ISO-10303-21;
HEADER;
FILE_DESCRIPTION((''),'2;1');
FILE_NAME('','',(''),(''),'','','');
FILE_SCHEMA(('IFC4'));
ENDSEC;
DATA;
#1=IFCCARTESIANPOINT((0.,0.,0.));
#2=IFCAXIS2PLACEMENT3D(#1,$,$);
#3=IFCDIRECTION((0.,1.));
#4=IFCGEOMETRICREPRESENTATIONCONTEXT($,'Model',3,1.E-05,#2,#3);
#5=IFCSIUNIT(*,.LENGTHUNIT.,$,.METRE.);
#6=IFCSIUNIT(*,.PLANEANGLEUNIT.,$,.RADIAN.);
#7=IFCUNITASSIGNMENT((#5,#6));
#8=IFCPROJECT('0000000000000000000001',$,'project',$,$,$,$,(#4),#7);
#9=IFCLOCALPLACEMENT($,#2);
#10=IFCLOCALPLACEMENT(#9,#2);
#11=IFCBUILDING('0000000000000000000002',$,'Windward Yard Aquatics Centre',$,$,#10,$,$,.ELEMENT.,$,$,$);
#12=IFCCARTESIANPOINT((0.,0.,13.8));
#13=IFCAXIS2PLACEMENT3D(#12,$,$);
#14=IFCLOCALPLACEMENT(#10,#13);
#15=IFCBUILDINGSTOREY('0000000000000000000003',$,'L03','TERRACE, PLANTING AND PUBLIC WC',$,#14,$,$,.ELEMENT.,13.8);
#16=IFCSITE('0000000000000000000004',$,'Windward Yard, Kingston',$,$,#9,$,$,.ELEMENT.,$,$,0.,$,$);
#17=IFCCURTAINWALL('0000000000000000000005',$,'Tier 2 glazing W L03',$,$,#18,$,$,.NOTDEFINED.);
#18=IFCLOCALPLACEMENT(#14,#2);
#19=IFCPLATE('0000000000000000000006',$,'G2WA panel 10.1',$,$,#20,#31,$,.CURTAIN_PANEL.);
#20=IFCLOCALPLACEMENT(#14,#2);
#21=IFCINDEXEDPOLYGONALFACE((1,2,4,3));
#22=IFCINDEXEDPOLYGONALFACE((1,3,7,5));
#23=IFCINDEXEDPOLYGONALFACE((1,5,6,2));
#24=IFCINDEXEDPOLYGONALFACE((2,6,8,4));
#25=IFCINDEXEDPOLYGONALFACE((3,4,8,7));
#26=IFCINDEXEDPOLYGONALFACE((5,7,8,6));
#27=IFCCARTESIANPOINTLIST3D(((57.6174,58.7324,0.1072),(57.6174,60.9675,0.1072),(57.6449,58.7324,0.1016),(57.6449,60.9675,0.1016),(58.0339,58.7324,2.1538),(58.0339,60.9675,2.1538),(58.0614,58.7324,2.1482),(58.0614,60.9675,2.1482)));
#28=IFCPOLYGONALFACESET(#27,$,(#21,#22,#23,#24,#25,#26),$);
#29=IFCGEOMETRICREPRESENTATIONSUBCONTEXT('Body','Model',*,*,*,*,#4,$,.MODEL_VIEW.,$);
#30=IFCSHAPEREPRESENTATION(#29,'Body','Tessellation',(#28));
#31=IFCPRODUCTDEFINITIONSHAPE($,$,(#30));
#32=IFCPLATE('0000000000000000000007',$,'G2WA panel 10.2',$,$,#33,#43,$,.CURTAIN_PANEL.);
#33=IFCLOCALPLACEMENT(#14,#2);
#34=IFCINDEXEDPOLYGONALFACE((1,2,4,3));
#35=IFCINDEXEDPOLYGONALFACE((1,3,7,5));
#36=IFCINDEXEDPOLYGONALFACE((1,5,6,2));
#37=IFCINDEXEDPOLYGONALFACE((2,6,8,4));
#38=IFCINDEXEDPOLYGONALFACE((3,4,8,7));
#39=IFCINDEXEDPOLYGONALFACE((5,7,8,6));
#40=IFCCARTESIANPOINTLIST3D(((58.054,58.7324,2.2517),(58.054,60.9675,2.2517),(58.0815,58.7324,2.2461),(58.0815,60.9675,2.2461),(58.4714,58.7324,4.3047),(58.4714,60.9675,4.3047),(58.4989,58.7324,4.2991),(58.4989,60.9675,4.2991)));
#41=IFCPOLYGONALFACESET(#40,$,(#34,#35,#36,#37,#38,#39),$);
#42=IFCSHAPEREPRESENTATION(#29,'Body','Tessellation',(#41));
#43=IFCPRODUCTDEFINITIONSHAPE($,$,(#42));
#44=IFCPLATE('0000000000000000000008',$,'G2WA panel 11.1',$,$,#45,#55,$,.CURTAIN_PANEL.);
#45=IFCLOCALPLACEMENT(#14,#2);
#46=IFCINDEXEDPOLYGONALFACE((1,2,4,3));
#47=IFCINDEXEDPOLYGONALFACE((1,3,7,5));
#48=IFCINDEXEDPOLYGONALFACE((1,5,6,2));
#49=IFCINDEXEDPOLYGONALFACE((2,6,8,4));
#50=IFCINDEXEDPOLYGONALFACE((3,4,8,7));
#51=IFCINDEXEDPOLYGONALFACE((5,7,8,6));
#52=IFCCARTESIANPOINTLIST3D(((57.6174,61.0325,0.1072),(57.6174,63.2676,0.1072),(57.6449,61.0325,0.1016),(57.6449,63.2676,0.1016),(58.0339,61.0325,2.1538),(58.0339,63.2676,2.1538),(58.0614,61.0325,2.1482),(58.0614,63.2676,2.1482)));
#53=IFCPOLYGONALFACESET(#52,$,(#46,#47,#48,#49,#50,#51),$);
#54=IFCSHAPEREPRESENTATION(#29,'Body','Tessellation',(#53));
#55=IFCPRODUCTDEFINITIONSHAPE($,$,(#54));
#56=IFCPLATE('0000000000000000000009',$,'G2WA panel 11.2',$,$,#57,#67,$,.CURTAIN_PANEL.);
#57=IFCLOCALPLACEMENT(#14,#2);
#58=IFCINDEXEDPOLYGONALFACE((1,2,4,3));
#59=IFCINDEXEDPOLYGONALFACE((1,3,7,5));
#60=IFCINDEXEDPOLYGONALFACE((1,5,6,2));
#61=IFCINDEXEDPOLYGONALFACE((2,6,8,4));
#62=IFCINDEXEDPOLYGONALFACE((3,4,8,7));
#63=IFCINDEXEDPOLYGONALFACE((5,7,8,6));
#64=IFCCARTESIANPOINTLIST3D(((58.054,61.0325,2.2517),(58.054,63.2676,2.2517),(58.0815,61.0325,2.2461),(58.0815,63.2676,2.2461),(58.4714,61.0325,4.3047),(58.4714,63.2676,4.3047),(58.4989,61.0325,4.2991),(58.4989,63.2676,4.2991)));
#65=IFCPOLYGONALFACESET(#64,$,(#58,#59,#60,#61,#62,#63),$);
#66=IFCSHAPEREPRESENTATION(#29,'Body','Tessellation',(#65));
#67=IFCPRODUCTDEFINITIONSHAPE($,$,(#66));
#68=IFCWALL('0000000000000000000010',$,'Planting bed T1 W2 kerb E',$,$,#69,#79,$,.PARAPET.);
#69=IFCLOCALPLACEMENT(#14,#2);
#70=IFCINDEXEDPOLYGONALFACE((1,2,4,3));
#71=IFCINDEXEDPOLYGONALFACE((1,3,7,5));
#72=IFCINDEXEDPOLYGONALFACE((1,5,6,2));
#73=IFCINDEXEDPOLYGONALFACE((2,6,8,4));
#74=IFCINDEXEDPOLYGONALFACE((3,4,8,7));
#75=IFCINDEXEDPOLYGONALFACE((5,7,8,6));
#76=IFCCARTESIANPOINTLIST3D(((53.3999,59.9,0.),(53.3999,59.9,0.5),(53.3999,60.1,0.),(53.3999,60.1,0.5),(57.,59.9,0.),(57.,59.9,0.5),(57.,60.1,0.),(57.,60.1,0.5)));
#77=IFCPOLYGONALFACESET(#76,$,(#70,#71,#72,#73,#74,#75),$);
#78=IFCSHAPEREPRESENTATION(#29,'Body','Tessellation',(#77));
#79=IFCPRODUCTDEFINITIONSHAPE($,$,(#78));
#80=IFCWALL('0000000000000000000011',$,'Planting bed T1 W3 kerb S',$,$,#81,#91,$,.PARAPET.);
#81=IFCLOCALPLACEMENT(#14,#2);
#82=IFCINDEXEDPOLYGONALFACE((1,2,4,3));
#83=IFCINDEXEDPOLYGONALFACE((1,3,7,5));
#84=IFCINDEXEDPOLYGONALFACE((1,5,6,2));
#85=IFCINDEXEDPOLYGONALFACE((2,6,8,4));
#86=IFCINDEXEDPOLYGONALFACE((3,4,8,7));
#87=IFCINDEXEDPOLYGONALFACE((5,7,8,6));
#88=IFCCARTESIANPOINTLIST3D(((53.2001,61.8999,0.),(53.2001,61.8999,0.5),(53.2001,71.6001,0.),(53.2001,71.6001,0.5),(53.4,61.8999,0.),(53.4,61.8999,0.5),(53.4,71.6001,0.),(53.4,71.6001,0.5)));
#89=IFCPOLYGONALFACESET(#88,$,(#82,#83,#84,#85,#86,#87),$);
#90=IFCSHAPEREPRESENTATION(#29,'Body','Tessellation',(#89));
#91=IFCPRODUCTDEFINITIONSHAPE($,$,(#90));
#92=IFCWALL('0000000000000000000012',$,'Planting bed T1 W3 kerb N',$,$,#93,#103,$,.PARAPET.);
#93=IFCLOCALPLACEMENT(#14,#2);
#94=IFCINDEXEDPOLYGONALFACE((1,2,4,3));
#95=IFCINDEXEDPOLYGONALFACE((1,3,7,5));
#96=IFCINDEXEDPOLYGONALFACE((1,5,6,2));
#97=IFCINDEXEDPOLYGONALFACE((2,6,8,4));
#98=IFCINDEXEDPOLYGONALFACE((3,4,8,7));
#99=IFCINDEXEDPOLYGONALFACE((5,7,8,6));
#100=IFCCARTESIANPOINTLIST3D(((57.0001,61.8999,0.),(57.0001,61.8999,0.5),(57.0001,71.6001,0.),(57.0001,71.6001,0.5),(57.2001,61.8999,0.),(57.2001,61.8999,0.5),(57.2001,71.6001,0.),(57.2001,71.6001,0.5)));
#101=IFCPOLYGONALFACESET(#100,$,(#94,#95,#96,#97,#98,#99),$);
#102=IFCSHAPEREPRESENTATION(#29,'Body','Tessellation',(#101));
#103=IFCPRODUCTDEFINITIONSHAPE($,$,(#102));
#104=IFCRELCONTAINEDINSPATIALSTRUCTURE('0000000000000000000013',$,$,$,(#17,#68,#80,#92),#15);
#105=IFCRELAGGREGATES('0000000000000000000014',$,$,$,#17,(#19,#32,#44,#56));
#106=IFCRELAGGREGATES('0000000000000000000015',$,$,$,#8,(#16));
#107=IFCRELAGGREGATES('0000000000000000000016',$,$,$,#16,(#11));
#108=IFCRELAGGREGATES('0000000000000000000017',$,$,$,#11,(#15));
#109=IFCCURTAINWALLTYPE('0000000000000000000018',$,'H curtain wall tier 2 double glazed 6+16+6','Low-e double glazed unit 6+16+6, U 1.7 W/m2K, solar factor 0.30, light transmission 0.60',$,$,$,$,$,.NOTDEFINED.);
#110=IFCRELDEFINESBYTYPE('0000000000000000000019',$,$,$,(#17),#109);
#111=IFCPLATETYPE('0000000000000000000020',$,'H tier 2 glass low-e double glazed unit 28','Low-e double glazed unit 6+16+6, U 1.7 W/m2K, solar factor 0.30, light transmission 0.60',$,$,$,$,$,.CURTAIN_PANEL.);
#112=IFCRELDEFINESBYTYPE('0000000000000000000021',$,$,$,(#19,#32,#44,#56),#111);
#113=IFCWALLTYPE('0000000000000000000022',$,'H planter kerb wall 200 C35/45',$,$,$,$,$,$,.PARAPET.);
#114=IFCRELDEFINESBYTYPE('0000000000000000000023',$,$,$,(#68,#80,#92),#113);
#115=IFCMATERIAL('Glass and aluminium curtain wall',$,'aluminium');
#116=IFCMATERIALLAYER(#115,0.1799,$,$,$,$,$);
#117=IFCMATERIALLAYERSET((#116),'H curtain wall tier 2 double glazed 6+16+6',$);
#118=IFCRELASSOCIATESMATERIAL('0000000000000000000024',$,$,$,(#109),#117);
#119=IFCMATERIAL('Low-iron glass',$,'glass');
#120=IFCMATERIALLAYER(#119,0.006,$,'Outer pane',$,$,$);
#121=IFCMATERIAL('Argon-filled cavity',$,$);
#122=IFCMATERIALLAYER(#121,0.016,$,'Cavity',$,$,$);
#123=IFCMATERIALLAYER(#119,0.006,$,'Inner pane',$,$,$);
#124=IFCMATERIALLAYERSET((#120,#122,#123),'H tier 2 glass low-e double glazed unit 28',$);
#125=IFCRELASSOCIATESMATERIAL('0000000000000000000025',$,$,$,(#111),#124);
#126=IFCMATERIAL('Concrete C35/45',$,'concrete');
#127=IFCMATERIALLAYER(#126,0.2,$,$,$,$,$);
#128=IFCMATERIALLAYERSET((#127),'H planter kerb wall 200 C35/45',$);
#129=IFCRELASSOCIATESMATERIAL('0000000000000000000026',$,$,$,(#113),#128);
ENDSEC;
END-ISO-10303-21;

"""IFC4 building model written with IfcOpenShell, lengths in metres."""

from ifc_helpers import new_model, si_unit, direction, frame, frame_2d, origin, place, context, subcontext, project, spatial, polyline, rectangle, outline, extrude, material, layer, layer_set, type_object, element, aggregate, save


model = new_model("IFC4")

# Units and contexts
model_context = context("Model", 3, precision=1e-05, world=origin(), true_north=direction((0.0, 1.0)))
body_context = subcontext(model_context, "Body", "Model", "MODEL_VIEW")
ifc_project = project(units=[si_unit("LENGTHUNIT", "METRE"), si_unit("PLANEANGLEUNIT", "RADIAN")], contexts=[model_context])

# Site, building, storey
site_placement = place(None, origin())
site = spatial("IfcSite", under=ifc_project, at=site_placement, Name="Windward Yard, Kingston", CompositionType="ELEMENT", RefElevation=0.0)
building_placement = place(site_placement, origin())
building = spatial("IfcBuilding", under=site, at=building_placement, Name="Windward Yard Aquatics Centre", CompositionType="ELEMENT")
storey_placement = place(building_placement, frame((0.0, 0.0, 13.8)))
storey = spatial("IfcBuildingStorey", under=building, at=storey_placement, Name="L03", Description="TERRACE, PLANTING AND PUBLIC WC", CompositionType="ELEMENT", Elevation=13.8)

# Curtain wall
ifc_material_1 = material(Name="Glass and aluminium curtain wall", Category="aluminium")
ifc_layer_1 = layer(ifc_material_1, 0.1799)
ifc_layer_set_1 = layer_set([ifc_layer_1], Name="H curtain wall tier 2 double glazed 6+16+6")
curtain_wall_type = type_object("IfcCurtainWallType", Name="H curtain wall tier 2 double glazed 6+16+6", Description="Low-e double glazed unit 6+16+6, U 1.7 W/m2K, solar factor 0.30, light transmission 0.60", PredefinedType="NOTDEFINED", material=ifc_layer_set_1)
curtain_wall_placement = place(storey_placement, origin())
curtain_wall = element("IfcCurtainWall", 1, at=curtain_wall_placement, inside=storey, type_object=curtain_wall_type, Name="Tier 2 glazing W L03", PredefinedType="NOTDEFINED")

# Plates
ifc_material_2 = material(Name="Low-iron glass", Category="glass")
ifc_layer_2 = layer(ifc_material_2, 0.006, Name="Outer pane")
ifc_material_3 = material(Name="Argon-filled cavity")
ifc_layer_3 = layer(ifc_material_3, 0.016, Name="Cavity")
ifc_layer_4 = layer(ifc_material_2, 0.006, Name="Inner pane")
ifc_layer_set_2 = layer_set([ifc_layer_2, ifc_layer_3, ifc_layer_4], Name="H tier 2 glass low-e double glazed unit 28")
plate_type = type_object("IfcPlateType", Name="H tier 2 glass low-e double glazed unit 28", Description="Low-e double glazed unit 6+16+6, U 1.7 W/m2K, solar factor 0.30, light transmission 0.60", PredefinedType="CURTAIN_PANEL", material=ifc_layer_set_2)
plate_1_placement = place(storey_placement, frame((57.6174, 58.7324, 0.1072), z_axis=(-0.979914, 0.0, 0.199419), x_axis=(0.0, 1.0, 0.0)))
plate_1 = element("IfcPlate", 2, at=plate_1_placement, type_object=plate_type, Name="G2WA panel 10.1", PredefinedType="CURTAIN_PANEL", context=body_context, shape_type="SweptSolid", body=[
    extrude(outline(polyline([(0.0, 0.0), (2.2351, 0.0), (2.2351, -2.0886), (0.0, -2.0886), (0.0, 0.0)])), origin(), (0.0, 0.0, -1.0), 0.0281),
])
plate_2_placement = place(storey_placement, frame((58.054, 58.7324, 2.2517), z_axis=(-0.979944, 0.0, 0.199275), x_axis=(0.0, 1.0, 0.0)))
plate_2 = element("IfcPlate", 3, at=plate_2_placement, type_object=plate_type, Name="G2WA panel 10.2", PredefinedType="CURTAIN_PANEL", context=body_context, shape_type="SweptSolid", body=[
    extrude(outline(polyline([(0.0, 0.0), (2.2351, 0.0), (2.2351, -2.095), (0.0, -2.095), (0.0, 0.0)])), origin(), (0.0, 0.0, -1.0), 0.0281),
])
plate_3_placement = place(storey_placement, frame((57.6174, 61.0325, 0.1072), z_axis=(-0.979914, 0.0, 0.199419), x_axis=(0.0, 1.0, 0.0)))
plate_3 = element("IfcPlate", 4, at=plate_3_placement, type_object=plate_type, Name="G2WA panel 11.1", PredefinedType="CURTAIN_PANEL", context=body_context, shape_type="SweptSolid", body=[
    extrude(outline(polyline([(0.0, 0.0), (2.2351, 0.0), (2.2351, -2.0886), (0.0, -2.0886), (0.0, 0.0)])), origin(), (0.0, 0.0, -1.0), 0.0281),
])
plate_4_placement = place(storey_placement, frame((58.054, 61.0325, 2.2517), z_axis=(-0.979944, 0.0, 0.199275), x_axis=(0.0, 1.0, 0.0)))
plate_4 = element("IfcPlate", 5, at=plate_4_placement, type_object=plate_type, Name="G2WA panel 11.2", PredefinedType="CURTAIN_PANEL", context=body_context, shape_type="SweptSolid", body=[
    extrude(outline(polyline([(0.0, 0.0), (2.2351, 0.0), (2.2351, -2.095), (0.0, -2.095), (0.0, 0.0)])), origin(), (0.0, 0.0, -1.0), 0.0281),
])
aggregate(curtain_wall, [plate_1, plate_2, plate_3, plate_4])

# Walls
ifc_material_4 = material(Name="Concrete C35/45", Category="concrete")
ifc_layer_5 = layer(ifc_material_4, 0.2)
ifc_layer_set_3 = layer_set([ifc_layer_5], Name="H planter kerb wall 200 C35/45")
wall_type = type_object("IfcWallType", Name="H planter kerb wall 200 C35/45", PredefinedType="PARAPET", material=ifc_layer_set_3)
wall_placement = place(storey_placement, frame((53.3999, 60.0, 0.0), z_axis=(0.0, 0.0, 1.0), x_axis=(1.0, 0.0, 0.0)))
element("IfcWall", 6, at=wall_placement, inside=storey, type_object=wall_type, Name="Planting bed T1 W2 kerb E", PredefinedType="PARAPET", context=body_context, shape_type="SweptSolid", body=[
    extrude(rectangle(XDim=3.6001, YDim=0.2, at=frame_2d((1.8, 0.0))), origin(), (0.0, 0.0, 1.0), 0.5),
])
for number, where, z_axis, x_axis, name in (
    (7, (53.3, 61.8999, 0.0), (0.0, 0.0, 1.0), (0.0, 1.0, 0.0), "Planting bed T1 W3 kerb S"),
    (8, (57.1001, 61.8999, 0.0), (0.0, 0.0, 1.0), (0.0, 1.0, 0.0), "Planting bed T1 W3 kerb N"),
):
    element("IfcWall", number, at=place(storey_placement, frame(where, z_axis=z_axis, x_axis=x_axis)), inside=storey, type_object=wall_type, Name=name, PredefinedType="PARAPET", context=body_context, shape_type="SweptSolid", body=[
        extrude(rectangle(XDim=9.7002, YDim=0.2, at=frame_2d((4.8501, 0.0))), origin(), (0.0, 0.0, 1.0), 0.5),
    ])

save(model, "model.ifc")
